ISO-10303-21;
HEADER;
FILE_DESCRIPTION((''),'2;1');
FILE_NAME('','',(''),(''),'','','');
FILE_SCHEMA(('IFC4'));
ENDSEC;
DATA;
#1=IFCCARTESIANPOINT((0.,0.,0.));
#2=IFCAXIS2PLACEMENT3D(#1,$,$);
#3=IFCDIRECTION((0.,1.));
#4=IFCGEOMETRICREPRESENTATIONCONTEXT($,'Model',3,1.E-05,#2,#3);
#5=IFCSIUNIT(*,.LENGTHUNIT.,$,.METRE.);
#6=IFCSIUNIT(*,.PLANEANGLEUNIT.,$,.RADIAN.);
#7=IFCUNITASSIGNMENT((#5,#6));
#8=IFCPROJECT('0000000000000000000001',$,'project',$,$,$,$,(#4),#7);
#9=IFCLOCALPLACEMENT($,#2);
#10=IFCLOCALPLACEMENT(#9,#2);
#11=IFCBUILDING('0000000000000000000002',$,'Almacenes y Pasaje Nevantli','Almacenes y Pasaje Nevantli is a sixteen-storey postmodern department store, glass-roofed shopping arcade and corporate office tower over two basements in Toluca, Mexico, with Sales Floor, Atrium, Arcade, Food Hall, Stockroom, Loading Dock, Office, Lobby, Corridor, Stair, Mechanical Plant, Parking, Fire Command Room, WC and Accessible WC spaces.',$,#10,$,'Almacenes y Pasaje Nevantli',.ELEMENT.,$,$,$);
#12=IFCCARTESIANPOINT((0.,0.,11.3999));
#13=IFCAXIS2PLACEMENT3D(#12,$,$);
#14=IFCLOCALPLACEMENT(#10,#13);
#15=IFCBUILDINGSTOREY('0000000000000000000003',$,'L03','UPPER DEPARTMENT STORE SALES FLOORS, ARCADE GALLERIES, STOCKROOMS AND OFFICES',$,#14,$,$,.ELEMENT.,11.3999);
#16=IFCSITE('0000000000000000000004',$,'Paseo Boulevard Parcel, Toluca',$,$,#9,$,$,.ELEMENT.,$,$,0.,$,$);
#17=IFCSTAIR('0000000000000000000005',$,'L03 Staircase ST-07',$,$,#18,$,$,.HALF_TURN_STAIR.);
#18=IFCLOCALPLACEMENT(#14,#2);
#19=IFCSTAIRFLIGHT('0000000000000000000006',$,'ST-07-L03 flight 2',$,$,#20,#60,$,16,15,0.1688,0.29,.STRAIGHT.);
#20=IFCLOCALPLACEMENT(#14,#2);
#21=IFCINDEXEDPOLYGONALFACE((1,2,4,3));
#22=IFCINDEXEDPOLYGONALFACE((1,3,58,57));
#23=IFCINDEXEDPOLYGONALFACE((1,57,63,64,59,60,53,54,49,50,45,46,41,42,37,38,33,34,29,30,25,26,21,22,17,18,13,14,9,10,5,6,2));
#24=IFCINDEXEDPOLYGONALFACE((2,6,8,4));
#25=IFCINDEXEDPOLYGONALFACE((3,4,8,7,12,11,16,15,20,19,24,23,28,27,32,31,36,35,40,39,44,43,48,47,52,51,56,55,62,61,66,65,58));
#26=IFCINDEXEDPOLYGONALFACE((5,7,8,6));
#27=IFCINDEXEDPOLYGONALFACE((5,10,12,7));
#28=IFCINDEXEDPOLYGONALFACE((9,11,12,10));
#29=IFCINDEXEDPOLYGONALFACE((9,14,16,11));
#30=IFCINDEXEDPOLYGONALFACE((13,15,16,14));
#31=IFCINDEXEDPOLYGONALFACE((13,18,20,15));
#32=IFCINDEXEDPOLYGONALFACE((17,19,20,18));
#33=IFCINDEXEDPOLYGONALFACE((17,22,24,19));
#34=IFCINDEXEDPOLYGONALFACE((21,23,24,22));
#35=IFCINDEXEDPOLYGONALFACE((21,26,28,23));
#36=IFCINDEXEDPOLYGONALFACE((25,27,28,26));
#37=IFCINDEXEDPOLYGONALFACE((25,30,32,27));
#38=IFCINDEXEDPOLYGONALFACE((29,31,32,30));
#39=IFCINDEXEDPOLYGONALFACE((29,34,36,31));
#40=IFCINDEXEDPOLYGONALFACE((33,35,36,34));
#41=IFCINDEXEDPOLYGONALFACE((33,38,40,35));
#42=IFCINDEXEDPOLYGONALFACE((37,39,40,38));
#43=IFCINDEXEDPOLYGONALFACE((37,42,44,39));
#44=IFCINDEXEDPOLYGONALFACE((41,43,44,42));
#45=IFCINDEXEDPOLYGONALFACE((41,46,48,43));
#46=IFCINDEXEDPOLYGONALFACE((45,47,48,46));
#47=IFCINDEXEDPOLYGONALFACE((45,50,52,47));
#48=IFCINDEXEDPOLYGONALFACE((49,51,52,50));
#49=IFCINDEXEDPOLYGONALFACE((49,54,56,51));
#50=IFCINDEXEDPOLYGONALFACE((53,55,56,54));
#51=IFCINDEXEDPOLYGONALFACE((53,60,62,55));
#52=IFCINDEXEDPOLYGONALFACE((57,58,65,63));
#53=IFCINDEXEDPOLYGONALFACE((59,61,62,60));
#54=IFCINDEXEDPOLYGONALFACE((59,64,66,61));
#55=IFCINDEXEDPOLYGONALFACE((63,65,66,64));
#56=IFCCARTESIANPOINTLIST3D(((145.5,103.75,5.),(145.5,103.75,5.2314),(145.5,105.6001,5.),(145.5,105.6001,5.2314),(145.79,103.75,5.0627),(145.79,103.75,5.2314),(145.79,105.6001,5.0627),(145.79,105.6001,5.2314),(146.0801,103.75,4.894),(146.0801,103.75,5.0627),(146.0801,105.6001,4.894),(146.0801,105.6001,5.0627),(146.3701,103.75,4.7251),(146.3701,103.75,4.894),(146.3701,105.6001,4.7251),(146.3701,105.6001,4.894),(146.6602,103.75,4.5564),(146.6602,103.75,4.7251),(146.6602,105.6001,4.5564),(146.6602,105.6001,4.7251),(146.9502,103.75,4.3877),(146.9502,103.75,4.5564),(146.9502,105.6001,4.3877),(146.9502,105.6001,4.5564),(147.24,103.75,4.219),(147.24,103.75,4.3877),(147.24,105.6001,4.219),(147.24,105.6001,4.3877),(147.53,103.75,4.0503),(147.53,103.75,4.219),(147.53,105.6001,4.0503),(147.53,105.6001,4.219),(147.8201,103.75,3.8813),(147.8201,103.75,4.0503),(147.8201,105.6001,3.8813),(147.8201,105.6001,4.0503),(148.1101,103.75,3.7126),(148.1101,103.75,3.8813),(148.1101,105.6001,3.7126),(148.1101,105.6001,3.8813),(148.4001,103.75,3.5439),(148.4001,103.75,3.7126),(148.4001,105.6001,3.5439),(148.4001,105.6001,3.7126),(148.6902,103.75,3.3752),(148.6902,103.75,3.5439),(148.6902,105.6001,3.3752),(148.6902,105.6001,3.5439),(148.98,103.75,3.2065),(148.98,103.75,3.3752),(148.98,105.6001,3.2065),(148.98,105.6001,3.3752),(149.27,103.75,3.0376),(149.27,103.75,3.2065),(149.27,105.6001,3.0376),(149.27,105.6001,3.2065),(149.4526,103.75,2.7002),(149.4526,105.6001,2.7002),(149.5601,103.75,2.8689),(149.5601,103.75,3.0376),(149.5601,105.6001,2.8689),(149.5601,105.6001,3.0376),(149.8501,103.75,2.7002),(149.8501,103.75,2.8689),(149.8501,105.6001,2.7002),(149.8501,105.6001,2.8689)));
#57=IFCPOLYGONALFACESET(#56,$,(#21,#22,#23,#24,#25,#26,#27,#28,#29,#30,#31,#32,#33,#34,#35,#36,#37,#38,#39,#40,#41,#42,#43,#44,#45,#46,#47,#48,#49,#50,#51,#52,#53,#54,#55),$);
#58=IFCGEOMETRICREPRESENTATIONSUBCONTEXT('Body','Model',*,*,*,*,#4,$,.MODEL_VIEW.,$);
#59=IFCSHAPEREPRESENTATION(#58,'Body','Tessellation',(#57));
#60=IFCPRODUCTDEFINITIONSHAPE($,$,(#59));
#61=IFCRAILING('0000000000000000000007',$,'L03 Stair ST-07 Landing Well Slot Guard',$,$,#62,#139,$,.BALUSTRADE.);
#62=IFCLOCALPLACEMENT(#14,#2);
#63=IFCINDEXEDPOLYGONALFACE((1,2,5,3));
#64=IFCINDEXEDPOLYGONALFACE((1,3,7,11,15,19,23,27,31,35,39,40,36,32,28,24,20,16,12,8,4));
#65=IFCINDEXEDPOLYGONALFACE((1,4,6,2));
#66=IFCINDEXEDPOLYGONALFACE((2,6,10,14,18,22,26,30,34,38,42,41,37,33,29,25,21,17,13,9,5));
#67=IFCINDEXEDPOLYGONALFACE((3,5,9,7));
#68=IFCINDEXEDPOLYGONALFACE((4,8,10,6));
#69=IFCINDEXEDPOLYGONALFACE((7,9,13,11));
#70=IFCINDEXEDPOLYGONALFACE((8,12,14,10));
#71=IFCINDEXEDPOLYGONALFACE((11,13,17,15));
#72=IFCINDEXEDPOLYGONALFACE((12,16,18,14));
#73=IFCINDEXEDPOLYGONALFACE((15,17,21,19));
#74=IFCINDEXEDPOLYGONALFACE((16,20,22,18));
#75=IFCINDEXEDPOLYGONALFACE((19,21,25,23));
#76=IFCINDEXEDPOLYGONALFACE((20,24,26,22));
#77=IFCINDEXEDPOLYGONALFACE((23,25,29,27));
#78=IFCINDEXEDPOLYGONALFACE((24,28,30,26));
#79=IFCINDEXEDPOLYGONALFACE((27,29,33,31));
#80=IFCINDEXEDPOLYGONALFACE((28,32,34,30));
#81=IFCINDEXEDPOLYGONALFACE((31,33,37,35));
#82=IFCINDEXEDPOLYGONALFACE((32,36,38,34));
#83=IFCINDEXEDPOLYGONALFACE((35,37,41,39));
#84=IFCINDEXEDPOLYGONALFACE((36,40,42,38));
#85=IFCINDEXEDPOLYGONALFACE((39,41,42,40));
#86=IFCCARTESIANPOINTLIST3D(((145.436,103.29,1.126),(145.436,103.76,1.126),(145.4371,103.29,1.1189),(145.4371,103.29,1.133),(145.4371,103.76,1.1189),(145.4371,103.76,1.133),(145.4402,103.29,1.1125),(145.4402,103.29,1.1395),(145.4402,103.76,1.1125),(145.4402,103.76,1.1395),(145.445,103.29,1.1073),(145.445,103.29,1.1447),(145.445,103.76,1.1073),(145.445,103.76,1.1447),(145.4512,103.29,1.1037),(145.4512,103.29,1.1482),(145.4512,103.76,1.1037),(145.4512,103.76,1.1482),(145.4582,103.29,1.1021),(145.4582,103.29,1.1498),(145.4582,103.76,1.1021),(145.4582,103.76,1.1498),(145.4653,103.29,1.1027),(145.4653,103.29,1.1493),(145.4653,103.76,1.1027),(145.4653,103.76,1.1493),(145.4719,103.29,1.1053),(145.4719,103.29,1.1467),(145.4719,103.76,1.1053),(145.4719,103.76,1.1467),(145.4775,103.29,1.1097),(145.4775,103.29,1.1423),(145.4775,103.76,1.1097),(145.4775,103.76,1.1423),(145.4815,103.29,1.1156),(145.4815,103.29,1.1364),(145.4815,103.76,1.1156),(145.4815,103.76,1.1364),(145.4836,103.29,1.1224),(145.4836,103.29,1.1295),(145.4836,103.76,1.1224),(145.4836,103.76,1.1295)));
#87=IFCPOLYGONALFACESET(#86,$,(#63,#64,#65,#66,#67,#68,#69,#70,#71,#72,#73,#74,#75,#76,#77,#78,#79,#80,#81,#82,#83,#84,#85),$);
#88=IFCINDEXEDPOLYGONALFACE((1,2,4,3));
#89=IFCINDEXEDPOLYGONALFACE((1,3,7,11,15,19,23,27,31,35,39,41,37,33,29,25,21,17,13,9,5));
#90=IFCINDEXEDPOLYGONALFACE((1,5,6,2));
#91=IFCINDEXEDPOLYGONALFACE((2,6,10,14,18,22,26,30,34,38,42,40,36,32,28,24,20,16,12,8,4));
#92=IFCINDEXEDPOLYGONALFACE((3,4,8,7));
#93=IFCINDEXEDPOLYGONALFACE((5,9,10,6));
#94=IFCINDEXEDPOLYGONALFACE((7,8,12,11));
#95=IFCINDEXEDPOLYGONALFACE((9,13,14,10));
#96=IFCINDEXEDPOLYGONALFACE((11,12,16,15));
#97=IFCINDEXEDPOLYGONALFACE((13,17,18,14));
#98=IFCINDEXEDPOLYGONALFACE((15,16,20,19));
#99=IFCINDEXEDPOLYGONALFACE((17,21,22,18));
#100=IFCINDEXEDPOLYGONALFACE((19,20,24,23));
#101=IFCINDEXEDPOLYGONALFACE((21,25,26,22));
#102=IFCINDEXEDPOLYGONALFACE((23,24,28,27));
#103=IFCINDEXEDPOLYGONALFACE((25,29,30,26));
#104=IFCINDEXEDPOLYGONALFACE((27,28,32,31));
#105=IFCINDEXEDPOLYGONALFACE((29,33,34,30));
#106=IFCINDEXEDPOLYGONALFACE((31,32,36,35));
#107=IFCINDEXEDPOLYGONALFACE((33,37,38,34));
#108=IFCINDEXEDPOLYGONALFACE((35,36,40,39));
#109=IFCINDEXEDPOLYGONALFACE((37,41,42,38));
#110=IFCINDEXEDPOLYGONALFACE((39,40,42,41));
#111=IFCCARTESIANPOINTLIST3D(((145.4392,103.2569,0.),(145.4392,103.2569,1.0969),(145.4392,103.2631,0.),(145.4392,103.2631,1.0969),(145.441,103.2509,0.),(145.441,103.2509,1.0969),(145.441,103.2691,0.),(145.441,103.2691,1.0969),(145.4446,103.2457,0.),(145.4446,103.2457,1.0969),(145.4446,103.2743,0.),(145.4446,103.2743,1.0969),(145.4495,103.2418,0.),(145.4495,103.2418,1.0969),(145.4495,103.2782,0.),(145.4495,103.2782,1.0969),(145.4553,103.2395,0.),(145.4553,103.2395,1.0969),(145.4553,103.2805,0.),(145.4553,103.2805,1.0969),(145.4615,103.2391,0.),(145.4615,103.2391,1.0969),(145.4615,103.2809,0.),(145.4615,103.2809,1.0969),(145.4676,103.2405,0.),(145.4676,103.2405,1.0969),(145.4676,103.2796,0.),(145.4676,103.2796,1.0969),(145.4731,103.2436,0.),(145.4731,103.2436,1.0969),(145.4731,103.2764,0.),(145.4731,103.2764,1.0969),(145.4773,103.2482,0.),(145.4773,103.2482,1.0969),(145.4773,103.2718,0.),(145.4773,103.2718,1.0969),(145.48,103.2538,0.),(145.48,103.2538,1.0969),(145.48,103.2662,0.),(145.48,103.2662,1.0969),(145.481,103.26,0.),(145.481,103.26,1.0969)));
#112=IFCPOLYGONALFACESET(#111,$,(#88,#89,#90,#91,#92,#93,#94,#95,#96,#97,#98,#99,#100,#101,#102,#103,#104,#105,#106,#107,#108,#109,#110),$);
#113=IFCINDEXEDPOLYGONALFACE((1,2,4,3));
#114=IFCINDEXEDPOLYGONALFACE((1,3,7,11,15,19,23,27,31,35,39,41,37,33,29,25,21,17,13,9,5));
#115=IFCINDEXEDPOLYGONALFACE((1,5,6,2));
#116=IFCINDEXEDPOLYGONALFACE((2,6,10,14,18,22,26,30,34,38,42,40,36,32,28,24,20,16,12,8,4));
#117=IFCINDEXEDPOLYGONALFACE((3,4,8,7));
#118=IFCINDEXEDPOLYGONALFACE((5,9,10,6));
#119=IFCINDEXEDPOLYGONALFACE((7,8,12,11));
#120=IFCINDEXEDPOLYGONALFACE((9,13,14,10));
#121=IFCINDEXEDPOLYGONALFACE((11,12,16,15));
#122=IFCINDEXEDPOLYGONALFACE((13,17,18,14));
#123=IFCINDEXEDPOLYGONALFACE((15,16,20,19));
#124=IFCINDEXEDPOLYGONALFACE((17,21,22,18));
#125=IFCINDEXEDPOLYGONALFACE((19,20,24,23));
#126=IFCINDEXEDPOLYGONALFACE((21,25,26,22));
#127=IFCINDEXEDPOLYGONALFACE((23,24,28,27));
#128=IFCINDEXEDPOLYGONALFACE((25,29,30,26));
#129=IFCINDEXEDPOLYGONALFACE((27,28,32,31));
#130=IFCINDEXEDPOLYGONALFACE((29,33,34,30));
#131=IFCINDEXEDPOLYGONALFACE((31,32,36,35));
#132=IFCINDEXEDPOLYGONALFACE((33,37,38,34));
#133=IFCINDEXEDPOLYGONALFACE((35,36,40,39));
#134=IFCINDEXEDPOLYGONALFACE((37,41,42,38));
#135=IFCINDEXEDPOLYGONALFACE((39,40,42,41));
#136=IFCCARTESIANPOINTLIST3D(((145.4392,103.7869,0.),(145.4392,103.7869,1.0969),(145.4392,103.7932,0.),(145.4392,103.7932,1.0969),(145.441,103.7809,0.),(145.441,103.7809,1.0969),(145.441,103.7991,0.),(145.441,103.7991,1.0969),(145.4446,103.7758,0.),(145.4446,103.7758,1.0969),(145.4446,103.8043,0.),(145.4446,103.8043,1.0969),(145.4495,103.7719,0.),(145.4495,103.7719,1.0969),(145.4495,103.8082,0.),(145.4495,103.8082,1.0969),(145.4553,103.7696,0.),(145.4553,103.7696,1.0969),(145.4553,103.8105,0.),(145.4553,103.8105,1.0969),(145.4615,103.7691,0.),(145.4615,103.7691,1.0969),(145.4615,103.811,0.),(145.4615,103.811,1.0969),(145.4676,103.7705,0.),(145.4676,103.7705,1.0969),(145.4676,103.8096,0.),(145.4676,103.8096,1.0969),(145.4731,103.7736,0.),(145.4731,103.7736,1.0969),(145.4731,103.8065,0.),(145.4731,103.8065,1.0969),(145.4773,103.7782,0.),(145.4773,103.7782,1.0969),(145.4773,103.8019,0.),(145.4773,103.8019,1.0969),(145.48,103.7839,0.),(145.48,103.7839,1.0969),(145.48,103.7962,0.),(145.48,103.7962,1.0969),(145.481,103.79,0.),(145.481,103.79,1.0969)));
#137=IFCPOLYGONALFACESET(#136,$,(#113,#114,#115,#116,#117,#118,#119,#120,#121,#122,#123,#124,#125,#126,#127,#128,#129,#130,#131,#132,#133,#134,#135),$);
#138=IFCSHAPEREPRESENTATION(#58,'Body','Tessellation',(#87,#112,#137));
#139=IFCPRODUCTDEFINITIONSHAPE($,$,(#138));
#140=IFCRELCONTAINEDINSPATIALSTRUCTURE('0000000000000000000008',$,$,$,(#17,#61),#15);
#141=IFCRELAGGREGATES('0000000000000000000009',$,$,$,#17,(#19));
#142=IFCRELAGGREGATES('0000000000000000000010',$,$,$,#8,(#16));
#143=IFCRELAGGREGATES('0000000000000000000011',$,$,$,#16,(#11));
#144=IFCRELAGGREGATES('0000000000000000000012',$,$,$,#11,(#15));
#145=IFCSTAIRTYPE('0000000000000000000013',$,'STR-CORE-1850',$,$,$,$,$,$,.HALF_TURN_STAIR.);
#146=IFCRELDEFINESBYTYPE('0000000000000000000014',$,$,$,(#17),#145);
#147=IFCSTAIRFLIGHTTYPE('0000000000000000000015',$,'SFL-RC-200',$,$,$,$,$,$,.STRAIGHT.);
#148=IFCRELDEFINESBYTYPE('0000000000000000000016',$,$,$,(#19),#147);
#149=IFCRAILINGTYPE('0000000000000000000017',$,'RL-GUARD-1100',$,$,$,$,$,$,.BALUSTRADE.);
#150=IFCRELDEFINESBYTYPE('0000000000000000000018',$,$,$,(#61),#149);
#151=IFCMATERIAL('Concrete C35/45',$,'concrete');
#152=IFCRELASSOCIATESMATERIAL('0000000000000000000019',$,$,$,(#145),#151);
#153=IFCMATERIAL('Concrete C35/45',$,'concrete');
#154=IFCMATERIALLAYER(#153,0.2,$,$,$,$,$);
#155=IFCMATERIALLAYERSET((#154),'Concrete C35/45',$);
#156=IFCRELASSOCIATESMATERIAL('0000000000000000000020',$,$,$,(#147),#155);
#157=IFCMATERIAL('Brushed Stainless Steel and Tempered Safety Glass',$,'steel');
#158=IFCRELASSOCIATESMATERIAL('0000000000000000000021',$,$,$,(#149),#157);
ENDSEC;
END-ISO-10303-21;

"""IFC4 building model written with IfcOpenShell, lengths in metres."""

from ifc_helpers import new_model, si_unit, direction, frame, origin, origin_2d, place, context, subcontext, project, spatial, polyline, circle, outline, extrude, material, layer, layer_set, type_object, element, aggregate, save


model = new_model("IFC4")

# Units and contexts
model_context = context("Model", 3, precision=1e-05, world=origin(), true_north=direction((0.0, 1.0)))
body_context = subcontext(model_context, "Body", "Model", "MODEL_VIEW")
ifc_project = project(units=[si_unit("LENGTHUNIT", "METRE"), si_unit("PLANEANGLEUNIT", "RADIAN")], contexts=[model_context])

# Site, building, storey
site_placement = place(None, origin())
site = spatial("IfcSite", under=ifc_project, at=site_placement, Name="Paseo Boulevard Parcel, Toluca", CompositionType="ELEMENT", RefElevation=0.0)
building_placement = place(site_placement, origin())
building = spatial("IfcBuilding", under=site, at=building_placement, Name="Almacenes y Pasaje Nevantli", Description="Almacenes y Pasaje Nevantli is a sixteen-storey postmodern department store, glass-roofed shopping arcade and corporate office tower over two basements in Toluca, Mexico, with Sales Floor, Atrium, Arcade, Food Hall, Stockroom, Loading Dock, Office, Lobby, Corridor, Stair, Mechanical Plant, Parking, Fire Command Room, WC and Accessible WC spaces.", LongName="Almacenes y Pasaje Nevantli", CompositionType="ELEMENT")
storey_placement = place(building_placement, frame((0.0, 0.0, 11.3999)))
storey = spatial("IfcBuildingStorey", under=building, at=storey_placement, Name="L03", Description="UPPER DEPARTMENT STORE SALES FLOORS, ARCADE GALLERIES, STOCKROOMS AND OFFICES", CompositionType="ELEMENT", Elevation=11.3999)

# Stair, stair flight
ifc_material_1 = material(Name="Concrete C35/45", Category="concrete")
stair_type = type_object("IfcStairType", Name="STR-CORE-1850", PredefinedType="HALF_TURN_STAIR", material=ifc_material_1)
stair_placement = place(storey_placement, origin())
stair = element("IfcStair", 1, at=stair_placement, inside=storey, type_object=stair_type, Name="L03 Staircase ST-07", PredefinedType="HALF_TURN_STAIR")
ifc_material_2 = material(Name="Concrete C35/45", Category="concrete")
ifc_layer_1 = layer(ifc_material_2, 0.2)
ifc_layer_set_1 = layer_set([ifc_layer_1], Name="Concrete C35/45")
stair_flight_type = type_object("IfcStairFlightType", Name="SFL-RC-200", PredefinedType="STRAIGHT", material=ifc_layer_set_1)
stair_flight_1_placement = place(storey_placement, frame((149.8501, 104.675, 2.7002), z_axis=(0.0, 0.0, 1.0), x_axis=(-1.0, 0.0, 0.0)))
stair_flight_1 = element("IfcStairFlight", 2, at=stair_flight_1_placement, type_object=stair_flight_type, Name="ST-07-L03 flight 2", NumberOfRisers=16, NumberOfTreads=15, PredefinedType="STRAIGHT", RiserHeight=0.1688, TreadLength=0.29, context=body_context, shape_type="SweptSolid", body=[
    extrude(outline(polyline([(0.0, 0.0), (0.0, 0.1687), (0.29, 0.1687), (0.29, 0.3374), (0.5801, 0.3374), (0.5801, 0.5063), (0.8701, 0.5063), (0.8701, 0.675), (1.1599, 0.675), (1.1599, 0.8438), (1.45, 0.8438), (1.45, 1.0125), (1.74, 1.0125), (1.74, 1.1812), (2.03, 1.1812), (2.03, 1.3501), (2.3201, 1.3501), (2.3201, 1.5188), (2.6101, 1.5188), (2.6101, 1.6875), (2.8999, 1.6875), (2.8999, 1.8562), (3.1899, 1.8562), (3.1899, 2.0249), (3.48, 2.0249), (3.48, 2.1938), (3.77, 2.1938), (3.77, 2.3625), (4.0601, 2.3625), (4.0601, 2.5312), (4.3501, 2.5312), (4.3501, 2.7), (4.3501, 2.2998), (0.3975, 0.0), (0.0, 0.0)])), frame((0.0, 0.925, 0.0), z_axis=(0.0, -1.0, 0.0), x_axis=(1.0, 0.0, 0.0)), (0.0, 0.0, 1.0), 1.8501),
])
aggregate(stair, [stair_flight_1])

# Railing
ifc_material_3 = material(Name="Brushed Stainless Steel and Tempered Safety Glass", Category="steel")
railing_type_1 = type_object("IfcRailingType", Name="RL-GUARD-1100", PredefinedType="BALUSTRADE", material=ifc_material_3)
railing_1_placement = place(storey_placement, frame((145.46, 103.26, 0.0)))
element("IfcRailing", 3, at=railing_1_placement, inside=storey, type_object=railing_type_1, Name="L03 Stair ST-07 Landing Well Slot Guard", PredefinedType="BALUSTRADE", context=body_context, shape_type="SweptSolid", body=[
    extrude(circle(Radius=0.0239, at=origin_2d()), frame((0.0, 0.03, 1.126), z_axis=(0.0, 1.0, 0.0), x_axis=(-1.0, 0.0, 0.0)), (0.0, 0.0, 1.0), 0.47),
    extrude(circle(Radius=0.021, at=origin_2d()), origin(), (0.0, 0.0, 1.0), 1.0969),
    extrude(circle(Radius=0.021, at=origin_2d()), frame((0.0, 0.53, 0.0)), (0.0, 0.0, 1.0), 1.0969),
])

save(model, "model.ifc")
